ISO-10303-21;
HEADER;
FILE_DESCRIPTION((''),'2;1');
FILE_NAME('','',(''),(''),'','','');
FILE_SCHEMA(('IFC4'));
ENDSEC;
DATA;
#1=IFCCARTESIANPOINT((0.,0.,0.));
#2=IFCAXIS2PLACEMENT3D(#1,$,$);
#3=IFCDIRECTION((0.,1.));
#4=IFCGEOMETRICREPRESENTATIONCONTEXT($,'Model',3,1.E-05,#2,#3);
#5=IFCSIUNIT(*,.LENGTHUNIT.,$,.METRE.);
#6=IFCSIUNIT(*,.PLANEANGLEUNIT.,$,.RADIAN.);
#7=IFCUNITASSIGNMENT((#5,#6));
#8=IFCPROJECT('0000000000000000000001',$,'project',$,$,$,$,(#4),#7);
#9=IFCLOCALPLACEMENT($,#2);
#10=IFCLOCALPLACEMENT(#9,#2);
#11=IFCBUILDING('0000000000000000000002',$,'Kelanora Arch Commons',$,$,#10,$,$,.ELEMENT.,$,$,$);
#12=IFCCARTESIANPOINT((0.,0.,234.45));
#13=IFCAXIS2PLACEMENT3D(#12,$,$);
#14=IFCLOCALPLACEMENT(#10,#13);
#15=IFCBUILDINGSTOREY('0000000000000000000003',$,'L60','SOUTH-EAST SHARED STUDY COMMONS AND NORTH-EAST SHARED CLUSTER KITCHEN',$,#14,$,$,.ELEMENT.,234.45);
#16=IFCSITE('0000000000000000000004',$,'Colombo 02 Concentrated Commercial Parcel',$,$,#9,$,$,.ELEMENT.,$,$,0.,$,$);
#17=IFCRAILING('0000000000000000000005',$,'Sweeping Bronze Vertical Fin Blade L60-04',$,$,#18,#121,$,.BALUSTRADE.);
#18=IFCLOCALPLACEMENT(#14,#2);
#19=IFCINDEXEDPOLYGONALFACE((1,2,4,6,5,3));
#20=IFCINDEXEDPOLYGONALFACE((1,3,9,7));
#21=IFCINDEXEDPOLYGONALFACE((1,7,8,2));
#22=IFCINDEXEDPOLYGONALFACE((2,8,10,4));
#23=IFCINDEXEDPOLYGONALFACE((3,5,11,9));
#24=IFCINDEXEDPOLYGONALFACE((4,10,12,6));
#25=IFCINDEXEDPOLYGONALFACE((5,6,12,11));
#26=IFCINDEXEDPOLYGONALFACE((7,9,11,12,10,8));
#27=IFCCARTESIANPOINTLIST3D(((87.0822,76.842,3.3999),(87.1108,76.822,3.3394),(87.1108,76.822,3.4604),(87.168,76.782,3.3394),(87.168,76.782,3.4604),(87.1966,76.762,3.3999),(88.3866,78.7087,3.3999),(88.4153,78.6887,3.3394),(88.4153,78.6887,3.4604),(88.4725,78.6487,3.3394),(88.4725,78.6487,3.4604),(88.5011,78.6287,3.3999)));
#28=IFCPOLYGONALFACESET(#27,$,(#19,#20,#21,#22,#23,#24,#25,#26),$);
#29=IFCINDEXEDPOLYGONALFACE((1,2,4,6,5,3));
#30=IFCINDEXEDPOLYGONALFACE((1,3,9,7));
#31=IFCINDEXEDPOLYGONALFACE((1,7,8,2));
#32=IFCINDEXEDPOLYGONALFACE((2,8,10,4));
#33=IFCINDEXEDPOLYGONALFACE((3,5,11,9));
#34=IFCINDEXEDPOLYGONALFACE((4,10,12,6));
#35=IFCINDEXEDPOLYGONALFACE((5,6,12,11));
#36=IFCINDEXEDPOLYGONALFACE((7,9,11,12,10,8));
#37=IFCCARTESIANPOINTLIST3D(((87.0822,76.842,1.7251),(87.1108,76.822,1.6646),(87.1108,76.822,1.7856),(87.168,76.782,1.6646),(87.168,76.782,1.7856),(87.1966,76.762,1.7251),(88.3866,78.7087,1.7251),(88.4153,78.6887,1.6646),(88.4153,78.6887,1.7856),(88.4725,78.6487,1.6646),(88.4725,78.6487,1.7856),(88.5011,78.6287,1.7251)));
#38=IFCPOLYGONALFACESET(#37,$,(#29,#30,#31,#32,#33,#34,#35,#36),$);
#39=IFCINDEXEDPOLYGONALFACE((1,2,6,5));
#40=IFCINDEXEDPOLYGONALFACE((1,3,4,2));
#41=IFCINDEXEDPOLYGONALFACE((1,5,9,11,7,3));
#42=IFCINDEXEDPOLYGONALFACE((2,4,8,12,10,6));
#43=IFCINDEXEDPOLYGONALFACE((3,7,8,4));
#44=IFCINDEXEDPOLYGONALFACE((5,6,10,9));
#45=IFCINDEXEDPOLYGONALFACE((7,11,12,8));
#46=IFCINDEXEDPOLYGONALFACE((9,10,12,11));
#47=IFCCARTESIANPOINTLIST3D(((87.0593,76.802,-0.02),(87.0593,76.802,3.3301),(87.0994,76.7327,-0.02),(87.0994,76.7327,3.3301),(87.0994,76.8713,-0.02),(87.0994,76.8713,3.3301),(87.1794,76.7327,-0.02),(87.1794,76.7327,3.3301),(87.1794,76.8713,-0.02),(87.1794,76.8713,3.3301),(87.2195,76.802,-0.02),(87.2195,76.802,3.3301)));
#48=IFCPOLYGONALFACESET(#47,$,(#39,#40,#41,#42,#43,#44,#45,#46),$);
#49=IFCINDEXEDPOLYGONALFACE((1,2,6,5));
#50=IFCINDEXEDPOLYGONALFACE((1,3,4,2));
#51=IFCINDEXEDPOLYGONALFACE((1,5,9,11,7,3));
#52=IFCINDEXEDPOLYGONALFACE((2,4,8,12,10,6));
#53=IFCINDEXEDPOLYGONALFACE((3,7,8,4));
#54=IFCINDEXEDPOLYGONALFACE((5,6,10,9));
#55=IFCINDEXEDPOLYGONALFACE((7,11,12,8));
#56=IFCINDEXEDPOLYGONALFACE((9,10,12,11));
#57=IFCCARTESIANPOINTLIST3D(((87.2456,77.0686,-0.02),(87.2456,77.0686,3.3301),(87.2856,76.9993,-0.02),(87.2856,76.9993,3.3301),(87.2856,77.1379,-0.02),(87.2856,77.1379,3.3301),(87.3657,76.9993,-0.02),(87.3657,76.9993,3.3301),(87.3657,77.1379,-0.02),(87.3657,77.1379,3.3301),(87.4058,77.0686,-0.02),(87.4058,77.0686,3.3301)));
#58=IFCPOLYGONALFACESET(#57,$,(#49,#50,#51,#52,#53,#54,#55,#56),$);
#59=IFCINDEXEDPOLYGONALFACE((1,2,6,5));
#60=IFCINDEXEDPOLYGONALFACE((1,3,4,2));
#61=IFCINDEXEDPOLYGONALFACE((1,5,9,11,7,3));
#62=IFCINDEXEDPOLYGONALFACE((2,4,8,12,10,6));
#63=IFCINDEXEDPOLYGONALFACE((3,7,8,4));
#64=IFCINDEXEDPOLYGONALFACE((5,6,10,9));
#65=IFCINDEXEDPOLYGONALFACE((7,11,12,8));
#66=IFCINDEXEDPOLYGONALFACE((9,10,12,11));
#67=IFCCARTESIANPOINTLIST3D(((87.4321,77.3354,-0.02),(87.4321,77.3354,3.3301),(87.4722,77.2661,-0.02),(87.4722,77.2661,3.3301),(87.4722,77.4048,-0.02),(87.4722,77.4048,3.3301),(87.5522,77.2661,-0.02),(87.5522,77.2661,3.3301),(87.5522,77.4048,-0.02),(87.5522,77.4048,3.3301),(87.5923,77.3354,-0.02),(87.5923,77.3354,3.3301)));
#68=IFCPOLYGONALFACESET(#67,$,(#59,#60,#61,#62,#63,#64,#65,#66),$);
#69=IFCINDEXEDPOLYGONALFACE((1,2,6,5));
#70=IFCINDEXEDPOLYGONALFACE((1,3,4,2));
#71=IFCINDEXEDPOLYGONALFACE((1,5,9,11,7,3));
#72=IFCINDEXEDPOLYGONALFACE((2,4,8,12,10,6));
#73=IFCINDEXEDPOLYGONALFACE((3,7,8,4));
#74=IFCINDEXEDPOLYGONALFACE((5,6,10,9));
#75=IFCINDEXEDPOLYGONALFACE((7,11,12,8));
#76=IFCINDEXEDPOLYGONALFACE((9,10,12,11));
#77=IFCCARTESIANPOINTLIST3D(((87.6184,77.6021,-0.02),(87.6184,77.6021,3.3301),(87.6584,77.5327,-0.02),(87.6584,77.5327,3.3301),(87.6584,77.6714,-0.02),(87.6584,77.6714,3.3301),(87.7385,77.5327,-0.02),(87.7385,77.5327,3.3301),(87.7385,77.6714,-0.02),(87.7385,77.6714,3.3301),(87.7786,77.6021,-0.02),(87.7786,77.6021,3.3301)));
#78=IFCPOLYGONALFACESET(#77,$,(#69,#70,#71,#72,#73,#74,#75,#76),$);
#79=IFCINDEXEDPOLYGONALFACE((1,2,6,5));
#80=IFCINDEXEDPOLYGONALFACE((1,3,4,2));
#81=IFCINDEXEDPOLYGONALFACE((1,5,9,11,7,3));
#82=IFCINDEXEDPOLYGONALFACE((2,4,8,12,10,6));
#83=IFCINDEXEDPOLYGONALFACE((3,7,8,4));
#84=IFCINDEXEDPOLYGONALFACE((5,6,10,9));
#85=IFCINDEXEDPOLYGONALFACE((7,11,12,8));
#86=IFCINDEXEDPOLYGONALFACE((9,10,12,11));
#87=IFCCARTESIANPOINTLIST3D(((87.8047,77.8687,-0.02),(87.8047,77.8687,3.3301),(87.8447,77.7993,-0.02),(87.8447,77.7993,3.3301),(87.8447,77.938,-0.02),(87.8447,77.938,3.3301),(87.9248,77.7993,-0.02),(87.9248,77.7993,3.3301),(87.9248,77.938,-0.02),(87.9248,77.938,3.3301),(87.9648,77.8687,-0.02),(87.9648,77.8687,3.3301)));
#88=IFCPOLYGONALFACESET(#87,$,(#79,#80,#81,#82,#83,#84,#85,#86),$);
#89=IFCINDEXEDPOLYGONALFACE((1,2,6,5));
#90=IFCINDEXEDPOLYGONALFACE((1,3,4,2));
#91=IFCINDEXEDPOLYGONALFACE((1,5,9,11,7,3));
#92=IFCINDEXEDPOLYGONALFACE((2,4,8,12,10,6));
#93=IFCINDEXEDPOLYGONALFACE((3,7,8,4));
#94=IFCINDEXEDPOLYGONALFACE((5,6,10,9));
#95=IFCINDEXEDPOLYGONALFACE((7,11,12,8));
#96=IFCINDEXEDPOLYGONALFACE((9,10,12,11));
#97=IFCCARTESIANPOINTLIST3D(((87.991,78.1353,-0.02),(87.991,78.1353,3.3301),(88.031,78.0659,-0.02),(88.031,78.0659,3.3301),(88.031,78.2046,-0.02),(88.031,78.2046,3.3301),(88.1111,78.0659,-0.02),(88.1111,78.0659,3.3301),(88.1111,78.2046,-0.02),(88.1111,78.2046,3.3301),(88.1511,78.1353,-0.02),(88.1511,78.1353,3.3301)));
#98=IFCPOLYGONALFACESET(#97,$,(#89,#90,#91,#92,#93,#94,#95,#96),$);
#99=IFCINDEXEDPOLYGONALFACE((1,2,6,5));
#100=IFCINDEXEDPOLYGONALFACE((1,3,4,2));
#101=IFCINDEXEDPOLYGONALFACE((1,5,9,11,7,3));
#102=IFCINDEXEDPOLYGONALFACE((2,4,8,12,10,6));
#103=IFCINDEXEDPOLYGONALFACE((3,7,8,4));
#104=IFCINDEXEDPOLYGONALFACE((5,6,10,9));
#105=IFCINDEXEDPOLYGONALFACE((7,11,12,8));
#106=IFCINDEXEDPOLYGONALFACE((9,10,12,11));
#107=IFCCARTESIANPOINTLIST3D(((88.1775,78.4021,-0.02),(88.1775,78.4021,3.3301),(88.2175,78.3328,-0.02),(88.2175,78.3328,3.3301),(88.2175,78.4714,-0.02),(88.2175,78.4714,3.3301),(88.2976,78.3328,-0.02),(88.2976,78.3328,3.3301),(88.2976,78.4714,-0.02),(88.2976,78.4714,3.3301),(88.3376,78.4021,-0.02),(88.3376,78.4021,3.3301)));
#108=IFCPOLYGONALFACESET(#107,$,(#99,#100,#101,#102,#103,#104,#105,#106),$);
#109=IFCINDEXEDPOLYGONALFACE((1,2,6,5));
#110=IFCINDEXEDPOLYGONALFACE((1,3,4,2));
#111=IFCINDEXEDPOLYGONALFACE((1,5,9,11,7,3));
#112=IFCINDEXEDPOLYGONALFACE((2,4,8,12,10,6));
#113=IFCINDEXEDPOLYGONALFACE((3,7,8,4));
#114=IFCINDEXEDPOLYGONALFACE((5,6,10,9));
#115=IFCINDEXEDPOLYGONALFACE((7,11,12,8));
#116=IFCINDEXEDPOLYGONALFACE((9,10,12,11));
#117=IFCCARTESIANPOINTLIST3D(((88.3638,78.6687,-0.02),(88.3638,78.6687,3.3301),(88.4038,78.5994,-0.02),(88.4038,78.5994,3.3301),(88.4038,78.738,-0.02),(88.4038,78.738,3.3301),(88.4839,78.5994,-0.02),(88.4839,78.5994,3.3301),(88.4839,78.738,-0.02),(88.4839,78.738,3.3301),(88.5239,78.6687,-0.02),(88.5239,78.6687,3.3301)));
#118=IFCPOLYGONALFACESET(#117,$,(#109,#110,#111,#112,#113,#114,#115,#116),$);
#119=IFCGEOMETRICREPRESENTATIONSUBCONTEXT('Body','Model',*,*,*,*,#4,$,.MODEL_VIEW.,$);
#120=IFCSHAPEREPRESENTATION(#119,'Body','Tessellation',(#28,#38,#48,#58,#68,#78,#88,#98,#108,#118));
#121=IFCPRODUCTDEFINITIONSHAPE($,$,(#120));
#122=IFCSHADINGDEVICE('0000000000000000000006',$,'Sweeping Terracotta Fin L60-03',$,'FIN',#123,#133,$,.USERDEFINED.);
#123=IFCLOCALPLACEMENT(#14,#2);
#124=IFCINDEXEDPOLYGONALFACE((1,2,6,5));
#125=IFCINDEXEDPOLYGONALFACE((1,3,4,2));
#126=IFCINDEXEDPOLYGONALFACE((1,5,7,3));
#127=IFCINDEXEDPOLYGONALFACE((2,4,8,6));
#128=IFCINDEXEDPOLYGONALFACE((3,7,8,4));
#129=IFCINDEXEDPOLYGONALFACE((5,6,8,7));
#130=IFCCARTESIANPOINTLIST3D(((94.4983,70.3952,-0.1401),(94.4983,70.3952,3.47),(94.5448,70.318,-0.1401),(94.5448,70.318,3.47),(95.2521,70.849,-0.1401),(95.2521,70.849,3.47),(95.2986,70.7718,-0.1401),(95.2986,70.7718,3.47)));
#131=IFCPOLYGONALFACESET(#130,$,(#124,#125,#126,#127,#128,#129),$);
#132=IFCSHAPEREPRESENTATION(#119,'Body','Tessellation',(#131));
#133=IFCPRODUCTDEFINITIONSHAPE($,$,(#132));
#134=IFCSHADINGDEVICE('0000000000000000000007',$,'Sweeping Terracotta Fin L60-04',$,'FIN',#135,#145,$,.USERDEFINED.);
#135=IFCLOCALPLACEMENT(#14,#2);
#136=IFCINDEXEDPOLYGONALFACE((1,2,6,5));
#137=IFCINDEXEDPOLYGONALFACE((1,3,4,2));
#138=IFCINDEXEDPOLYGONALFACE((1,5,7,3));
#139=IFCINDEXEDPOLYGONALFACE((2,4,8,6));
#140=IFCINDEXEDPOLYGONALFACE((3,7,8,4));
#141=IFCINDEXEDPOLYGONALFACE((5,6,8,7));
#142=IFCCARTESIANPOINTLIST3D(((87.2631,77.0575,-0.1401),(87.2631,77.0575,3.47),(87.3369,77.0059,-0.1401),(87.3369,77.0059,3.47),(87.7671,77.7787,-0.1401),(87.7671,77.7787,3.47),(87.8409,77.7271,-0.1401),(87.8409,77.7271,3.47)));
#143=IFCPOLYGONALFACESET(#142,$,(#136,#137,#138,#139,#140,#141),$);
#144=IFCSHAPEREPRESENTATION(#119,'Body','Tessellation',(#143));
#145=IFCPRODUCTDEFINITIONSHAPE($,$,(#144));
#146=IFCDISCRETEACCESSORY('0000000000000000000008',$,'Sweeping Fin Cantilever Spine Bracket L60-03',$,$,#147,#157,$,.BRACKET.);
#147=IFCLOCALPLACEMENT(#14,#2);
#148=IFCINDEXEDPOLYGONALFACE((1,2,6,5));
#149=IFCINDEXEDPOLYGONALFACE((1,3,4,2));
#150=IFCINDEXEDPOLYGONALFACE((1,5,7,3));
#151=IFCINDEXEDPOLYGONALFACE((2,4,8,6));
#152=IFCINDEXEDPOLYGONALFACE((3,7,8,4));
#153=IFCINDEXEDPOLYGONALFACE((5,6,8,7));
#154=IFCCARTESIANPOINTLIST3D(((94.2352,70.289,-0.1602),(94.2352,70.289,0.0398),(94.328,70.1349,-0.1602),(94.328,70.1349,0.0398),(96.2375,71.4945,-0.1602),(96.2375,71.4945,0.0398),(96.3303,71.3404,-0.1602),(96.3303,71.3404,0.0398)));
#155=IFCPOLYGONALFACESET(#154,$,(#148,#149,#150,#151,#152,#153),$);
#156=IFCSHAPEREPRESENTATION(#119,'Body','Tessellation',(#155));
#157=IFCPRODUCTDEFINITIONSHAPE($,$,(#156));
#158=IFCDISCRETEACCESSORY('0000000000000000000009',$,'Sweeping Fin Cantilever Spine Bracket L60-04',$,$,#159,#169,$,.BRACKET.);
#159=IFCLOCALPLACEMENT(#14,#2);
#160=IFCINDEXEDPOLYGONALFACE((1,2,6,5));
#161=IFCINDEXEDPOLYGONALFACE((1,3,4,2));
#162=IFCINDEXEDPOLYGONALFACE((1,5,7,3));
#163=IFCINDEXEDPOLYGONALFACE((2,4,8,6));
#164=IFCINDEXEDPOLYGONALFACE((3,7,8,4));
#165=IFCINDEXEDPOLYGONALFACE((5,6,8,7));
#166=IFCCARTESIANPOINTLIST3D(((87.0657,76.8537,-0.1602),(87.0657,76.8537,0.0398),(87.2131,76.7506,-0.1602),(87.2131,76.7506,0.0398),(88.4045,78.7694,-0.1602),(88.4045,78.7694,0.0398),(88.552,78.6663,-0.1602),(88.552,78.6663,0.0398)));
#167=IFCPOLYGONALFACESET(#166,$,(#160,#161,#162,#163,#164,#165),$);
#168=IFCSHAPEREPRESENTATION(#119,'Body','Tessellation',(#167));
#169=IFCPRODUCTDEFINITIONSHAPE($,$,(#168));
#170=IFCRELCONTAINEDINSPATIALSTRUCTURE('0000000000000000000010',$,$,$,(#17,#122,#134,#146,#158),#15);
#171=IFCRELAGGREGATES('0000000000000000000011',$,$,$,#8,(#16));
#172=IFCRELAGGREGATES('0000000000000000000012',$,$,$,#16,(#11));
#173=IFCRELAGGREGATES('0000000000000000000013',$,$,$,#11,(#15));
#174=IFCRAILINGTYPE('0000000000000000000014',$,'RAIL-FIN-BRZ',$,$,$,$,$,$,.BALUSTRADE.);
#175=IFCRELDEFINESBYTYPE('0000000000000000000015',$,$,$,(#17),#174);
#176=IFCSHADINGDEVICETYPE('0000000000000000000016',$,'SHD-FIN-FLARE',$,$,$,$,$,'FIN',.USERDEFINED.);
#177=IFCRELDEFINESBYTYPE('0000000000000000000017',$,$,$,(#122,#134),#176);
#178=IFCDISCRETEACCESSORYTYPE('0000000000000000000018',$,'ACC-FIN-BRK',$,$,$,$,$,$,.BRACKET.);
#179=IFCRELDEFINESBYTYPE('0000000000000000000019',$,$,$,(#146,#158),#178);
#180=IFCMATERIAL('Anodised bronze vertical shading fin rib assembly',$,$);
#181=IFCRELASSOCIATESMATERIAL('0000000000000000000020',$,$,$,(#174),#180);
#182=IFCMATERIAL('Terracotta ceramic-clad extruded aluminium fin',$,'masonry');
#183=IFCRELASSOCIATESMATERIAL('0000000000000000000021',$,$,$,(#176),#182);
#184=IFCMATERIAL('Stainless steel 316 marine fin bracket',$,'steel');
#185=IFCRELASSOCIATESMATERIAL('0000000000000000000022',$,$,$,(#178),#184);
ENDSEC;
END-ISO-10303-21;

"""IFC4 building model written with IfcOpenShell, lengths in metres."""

from ifc_helpers import new_model, si_unit, direction, frame, origin, origin_2d, place, context, subcontext, project, spatial, polyline, rectangle, outline, extrude, source, transform, mapped, material, type_object, element, save


model = new_model("IFC4")

# Units and contexts
model_context = context("Model", 3, precision=1e-05, world=origin(), true_north=direction((0.0, 1.0)))
body_context = subcontext(model_context, "Body", "Model", "MODEL_VIEW")
ifc_project = project(units=[si_unit("LENGTHUNIT", "METRE"), si_unit("PLANEANGLEUNIT", "RADIAN")], contexts=[model_context])

# Site, building, storey
site_placement = place(None, origin())
site = spatial("IfcSite", under=ifc_project, at=site_placement, Name="Colombo 02 Concentrated Commercial Parcel", CompositionType="ELEMENT", RefElevation=0.0)
building_placement = place(site_placement, origin())
building = spatial("IfcBuilding", under=site, at=building_placement, Name="Kelanora Arch Commons", CompositionType="ELEMENT")
storey_placement = place(building_placement, frame((0.0, 0.0, 234.45)))
storey = spatial("IfcBuildingStorey", under=building, at=storey_placement, Name="L60", Description="SOUTH-EAST SHARED STUDY COMMONS AND NORTH-EAST SHARED CLUSTER KITCHEN", CompositionType="ELEMENT", Elevation=234.45)

# Railing
ifc_material_1 = material(Name="Anodised bronze vertical shading fin rib assembly")
railing_type = type_object("IfcRailingType", Name="RAIL-FIN-BRZ", PredefinedType="BALUSTRADE", material=ifc_material_1)
railing_1_placement = place(storey_placement, frame((87.1394, 76.802, -0.02)))
element("IfcRailing", 1, at=railing_1_placement, inside=storey, type_object=railing_type, Name="Sweeping Bronze Vertical Fin Blade L60-04", PredefinedType="BALUSTRADE", context=body_context, shape_type="SweptSolid", body=[
    extrude(outline(polyline([(0.0698, 0.0), (0.0349, 0.0605), (-0.0349, 0.0605), (-0.0698, 0.0), (-0.0349, -0.0605), (0.0349, -0.0605), (0.0698, 0.0)])), frame((0.0, 0.0, 3.4199), z_axis=(0.5728, 0.819695, 0.0), x_axis=(-0.819695, 0.5728, 0.0)), (0.0, 0.0, 1.0), 2.2773),
    extrude(outline(polyline([(0.0698, 0.0), (0.0349, 0.0605), (-0.0349, 0.0605), (-0.0698, 0.0), (-0.0349, -0.0605), (0.0349, -0.0605), (0.0698, 0.0)])), frame((0.0, 0.0, 1.7451), z_axis=(0.5728, 0.819695, 0.0), x_axis=(-0.819695, 0.5728, 0.0)), (0.0, 0.0, 1.0), 2.2773),
    extrude(outline(polyline([(0.0801, 0.0), (0.04, 0.0693), (-0.04, 0.0693), (-0.0801, 0.0), (-0.04, -0.0693), (0.04, -0.0693), (0.0801, 0.0)])), origin(), (0.0, 0.0, 1.0), 3.3501),
    extrude(outline(polyline([(0.0801, 0.0), (0.04, 0.0693), (-0.04, 0.0693), (-0.0801, 0.0), (-0.04, -0.0693), (0.04, -0.0693), (0.0801, 0.0)])), frame((0.1863, 0.2666, 0.0)), (0.0, 0.0, 1.0), 3.3501),
    extrude(outline(polyline([(0.0801, 0.0), (0.04, 0.0693), (-0.04, 0.0693), (-0.0801, 0.0), (-0.04, -0.0693), (0.04, -0.0693), (0.0801, 0.0)])), frame((0.3728, 0.5334, 0.0)), (0.0, 0.0, 1.0), 3.3501),
    extrude(outline(polyline([(0.0801, 0.0), (0.04, 0.0693), (-0.04, 0.0693), (-0.0801, 0.0), (-0.04, -0.0693), (0.04, -0.0693), (0.0801, 0.0)])), frame((0.5591, 0.8, 0.0)), (0.0, 0.0, 1.0), 3.3501),
    extrude(outline(polyline([(0.0801, 0.0), (0.04, 0.0693), (-0.04, 0.0693), (-0.0801, 0.0), (-0.04, -0.0693), (0.04, -0.0693), (0.0801, 0.0)])), frame((0.7454, 1.0667, 0.0)), (0.0, 0.0, 1.0), 3.3501),
    extrude(outline(polyline([(0.0801, 0.0), (0.04, 0.0693), (-0.04, 0.0693), (-0.0801, 0.0), (-0.04, -0.0693), (0.04, -0.0693), (0.0801, 0.0)])), frame((0.9316, 1.3333, 0.0)), (0.0, 0.0, 1.0), 3.3501),
    extrude(outline(polyline([(0.0801, 0.0), (0.04, 0.0693), (-0.04, 0.0693), (-0.0801, 0.0), (-0.04, -0.0693), (0.04, -0.0693), (0.0801, 0.0)])), frame((1.1182, 1.6001, 0.0)), (0.0, 0.0, 1.0), 3.3501),
    extrude(outline(polyline([(0.0801, 0.0), (0.04, 0.0693), (-0.04, 0.0693), (-0.0801, 0.0), (-0.04, -0.0693), (0.04, -0.0693), (0.0801, 0.0)])), frame((1.3044, 1.8667, 0.0)), (0.0, 0.0, 1.0), 3.3501),
])

# Shading devices
ifc_material_2 = material(Name="Terracotta ceramic-clad extruded aluminium fin", Category="masonry")
shading_device_type = type_object("IfcShadingDeviceType", Name="SHD-FIN-FLARE", ElementType="FIN", PredefinedType="USERDEFINED", material=ifc_material_2)
shared_shape_1 = source(origin(), body_context, "Body", "SweptSolid", [
    extrude(rectangle(XDim=0.8799, YDim=0.0901, at=origin_2d()), origin(), (0.0, 0.0, 1.0), 3.6101),
])
for number, where, z_axis, x_axis, name in (
    (2, (94.8984, 70.5835, -0.1401), (0.0, 0.0, 1.0), (0.856718, 0.515786, 0.0), "Sweeping Terracotta Fin L60-03"),
    (3, (87.552, 77.3923, -0.1401), (0.0, 0.0, 1.0), (0.572861, 0.819652, 0.0), "Sweeping Terracotta Fin L60-04"),
):
    element("IfcShadingDevice", number, at=place(storey_placement, frame(where, z_axis=z_axis, x_axis=x_axis)), inside=storey, type_object=shading_device_type, Name=name, ObjectType="FIN", PredefinedType="USERDEFINED", context=body_context, shape_type="MappedRepresentation", body=[
        mapped(shared_shape_1, transform((0.0, 0.0, 0.0), scale=1.0)),
    ])

# Discrete accessories
ifc_material_3 = material(Name="Stainless steel 316 marine fin bracket", Category="steel")
discrete_accessory_type = type_object("IfcDiscreteAccessoryType", Name="ACC-FIN-BRK", PredefinedType="BRACKET", material=ifc_material_3)
shared_shape_2 = source(origin(), body_context, "Body", "SweptSolid", [
    extrude(rectangle(XDim=2.3372, YDim=0.1799, at=origin_2d()), origin(), (0.0, 0.0, 1.0), 0.2),
])
for number, where, z_axis, x_axis, name in (
    (4, (95.2827, 70.8147, -0.1602), (0.0, 0.0, 1.0), (0.856718, 0.515786, 0.0), "Sweeping Fin Cantilever Spine Bracket L60-03"),
    (5, (87.8088, 77.76, -0.1602), (0.0, 0.0, 1.0), (0.572861, 0.819652, 0.0), "Sweeping Fin Cantilever Spine Bracket L60-04"),
):
    element("IfcDiscreteAccessory", number, at=place(storey_placement, frame(where, z_axis=z_axis, x_axis=x_axis)), inside=storey, type_object=discrete_accessory_type, Name=name, PredefinedType="BRACKET", context=body_context, shape_type="MappedRepresentation", body=[
        mapped(shared_shape_2, transform((0.0, 0.0, 0.0), scale=1.0)),
    ])

save(model, "model.ifc")
